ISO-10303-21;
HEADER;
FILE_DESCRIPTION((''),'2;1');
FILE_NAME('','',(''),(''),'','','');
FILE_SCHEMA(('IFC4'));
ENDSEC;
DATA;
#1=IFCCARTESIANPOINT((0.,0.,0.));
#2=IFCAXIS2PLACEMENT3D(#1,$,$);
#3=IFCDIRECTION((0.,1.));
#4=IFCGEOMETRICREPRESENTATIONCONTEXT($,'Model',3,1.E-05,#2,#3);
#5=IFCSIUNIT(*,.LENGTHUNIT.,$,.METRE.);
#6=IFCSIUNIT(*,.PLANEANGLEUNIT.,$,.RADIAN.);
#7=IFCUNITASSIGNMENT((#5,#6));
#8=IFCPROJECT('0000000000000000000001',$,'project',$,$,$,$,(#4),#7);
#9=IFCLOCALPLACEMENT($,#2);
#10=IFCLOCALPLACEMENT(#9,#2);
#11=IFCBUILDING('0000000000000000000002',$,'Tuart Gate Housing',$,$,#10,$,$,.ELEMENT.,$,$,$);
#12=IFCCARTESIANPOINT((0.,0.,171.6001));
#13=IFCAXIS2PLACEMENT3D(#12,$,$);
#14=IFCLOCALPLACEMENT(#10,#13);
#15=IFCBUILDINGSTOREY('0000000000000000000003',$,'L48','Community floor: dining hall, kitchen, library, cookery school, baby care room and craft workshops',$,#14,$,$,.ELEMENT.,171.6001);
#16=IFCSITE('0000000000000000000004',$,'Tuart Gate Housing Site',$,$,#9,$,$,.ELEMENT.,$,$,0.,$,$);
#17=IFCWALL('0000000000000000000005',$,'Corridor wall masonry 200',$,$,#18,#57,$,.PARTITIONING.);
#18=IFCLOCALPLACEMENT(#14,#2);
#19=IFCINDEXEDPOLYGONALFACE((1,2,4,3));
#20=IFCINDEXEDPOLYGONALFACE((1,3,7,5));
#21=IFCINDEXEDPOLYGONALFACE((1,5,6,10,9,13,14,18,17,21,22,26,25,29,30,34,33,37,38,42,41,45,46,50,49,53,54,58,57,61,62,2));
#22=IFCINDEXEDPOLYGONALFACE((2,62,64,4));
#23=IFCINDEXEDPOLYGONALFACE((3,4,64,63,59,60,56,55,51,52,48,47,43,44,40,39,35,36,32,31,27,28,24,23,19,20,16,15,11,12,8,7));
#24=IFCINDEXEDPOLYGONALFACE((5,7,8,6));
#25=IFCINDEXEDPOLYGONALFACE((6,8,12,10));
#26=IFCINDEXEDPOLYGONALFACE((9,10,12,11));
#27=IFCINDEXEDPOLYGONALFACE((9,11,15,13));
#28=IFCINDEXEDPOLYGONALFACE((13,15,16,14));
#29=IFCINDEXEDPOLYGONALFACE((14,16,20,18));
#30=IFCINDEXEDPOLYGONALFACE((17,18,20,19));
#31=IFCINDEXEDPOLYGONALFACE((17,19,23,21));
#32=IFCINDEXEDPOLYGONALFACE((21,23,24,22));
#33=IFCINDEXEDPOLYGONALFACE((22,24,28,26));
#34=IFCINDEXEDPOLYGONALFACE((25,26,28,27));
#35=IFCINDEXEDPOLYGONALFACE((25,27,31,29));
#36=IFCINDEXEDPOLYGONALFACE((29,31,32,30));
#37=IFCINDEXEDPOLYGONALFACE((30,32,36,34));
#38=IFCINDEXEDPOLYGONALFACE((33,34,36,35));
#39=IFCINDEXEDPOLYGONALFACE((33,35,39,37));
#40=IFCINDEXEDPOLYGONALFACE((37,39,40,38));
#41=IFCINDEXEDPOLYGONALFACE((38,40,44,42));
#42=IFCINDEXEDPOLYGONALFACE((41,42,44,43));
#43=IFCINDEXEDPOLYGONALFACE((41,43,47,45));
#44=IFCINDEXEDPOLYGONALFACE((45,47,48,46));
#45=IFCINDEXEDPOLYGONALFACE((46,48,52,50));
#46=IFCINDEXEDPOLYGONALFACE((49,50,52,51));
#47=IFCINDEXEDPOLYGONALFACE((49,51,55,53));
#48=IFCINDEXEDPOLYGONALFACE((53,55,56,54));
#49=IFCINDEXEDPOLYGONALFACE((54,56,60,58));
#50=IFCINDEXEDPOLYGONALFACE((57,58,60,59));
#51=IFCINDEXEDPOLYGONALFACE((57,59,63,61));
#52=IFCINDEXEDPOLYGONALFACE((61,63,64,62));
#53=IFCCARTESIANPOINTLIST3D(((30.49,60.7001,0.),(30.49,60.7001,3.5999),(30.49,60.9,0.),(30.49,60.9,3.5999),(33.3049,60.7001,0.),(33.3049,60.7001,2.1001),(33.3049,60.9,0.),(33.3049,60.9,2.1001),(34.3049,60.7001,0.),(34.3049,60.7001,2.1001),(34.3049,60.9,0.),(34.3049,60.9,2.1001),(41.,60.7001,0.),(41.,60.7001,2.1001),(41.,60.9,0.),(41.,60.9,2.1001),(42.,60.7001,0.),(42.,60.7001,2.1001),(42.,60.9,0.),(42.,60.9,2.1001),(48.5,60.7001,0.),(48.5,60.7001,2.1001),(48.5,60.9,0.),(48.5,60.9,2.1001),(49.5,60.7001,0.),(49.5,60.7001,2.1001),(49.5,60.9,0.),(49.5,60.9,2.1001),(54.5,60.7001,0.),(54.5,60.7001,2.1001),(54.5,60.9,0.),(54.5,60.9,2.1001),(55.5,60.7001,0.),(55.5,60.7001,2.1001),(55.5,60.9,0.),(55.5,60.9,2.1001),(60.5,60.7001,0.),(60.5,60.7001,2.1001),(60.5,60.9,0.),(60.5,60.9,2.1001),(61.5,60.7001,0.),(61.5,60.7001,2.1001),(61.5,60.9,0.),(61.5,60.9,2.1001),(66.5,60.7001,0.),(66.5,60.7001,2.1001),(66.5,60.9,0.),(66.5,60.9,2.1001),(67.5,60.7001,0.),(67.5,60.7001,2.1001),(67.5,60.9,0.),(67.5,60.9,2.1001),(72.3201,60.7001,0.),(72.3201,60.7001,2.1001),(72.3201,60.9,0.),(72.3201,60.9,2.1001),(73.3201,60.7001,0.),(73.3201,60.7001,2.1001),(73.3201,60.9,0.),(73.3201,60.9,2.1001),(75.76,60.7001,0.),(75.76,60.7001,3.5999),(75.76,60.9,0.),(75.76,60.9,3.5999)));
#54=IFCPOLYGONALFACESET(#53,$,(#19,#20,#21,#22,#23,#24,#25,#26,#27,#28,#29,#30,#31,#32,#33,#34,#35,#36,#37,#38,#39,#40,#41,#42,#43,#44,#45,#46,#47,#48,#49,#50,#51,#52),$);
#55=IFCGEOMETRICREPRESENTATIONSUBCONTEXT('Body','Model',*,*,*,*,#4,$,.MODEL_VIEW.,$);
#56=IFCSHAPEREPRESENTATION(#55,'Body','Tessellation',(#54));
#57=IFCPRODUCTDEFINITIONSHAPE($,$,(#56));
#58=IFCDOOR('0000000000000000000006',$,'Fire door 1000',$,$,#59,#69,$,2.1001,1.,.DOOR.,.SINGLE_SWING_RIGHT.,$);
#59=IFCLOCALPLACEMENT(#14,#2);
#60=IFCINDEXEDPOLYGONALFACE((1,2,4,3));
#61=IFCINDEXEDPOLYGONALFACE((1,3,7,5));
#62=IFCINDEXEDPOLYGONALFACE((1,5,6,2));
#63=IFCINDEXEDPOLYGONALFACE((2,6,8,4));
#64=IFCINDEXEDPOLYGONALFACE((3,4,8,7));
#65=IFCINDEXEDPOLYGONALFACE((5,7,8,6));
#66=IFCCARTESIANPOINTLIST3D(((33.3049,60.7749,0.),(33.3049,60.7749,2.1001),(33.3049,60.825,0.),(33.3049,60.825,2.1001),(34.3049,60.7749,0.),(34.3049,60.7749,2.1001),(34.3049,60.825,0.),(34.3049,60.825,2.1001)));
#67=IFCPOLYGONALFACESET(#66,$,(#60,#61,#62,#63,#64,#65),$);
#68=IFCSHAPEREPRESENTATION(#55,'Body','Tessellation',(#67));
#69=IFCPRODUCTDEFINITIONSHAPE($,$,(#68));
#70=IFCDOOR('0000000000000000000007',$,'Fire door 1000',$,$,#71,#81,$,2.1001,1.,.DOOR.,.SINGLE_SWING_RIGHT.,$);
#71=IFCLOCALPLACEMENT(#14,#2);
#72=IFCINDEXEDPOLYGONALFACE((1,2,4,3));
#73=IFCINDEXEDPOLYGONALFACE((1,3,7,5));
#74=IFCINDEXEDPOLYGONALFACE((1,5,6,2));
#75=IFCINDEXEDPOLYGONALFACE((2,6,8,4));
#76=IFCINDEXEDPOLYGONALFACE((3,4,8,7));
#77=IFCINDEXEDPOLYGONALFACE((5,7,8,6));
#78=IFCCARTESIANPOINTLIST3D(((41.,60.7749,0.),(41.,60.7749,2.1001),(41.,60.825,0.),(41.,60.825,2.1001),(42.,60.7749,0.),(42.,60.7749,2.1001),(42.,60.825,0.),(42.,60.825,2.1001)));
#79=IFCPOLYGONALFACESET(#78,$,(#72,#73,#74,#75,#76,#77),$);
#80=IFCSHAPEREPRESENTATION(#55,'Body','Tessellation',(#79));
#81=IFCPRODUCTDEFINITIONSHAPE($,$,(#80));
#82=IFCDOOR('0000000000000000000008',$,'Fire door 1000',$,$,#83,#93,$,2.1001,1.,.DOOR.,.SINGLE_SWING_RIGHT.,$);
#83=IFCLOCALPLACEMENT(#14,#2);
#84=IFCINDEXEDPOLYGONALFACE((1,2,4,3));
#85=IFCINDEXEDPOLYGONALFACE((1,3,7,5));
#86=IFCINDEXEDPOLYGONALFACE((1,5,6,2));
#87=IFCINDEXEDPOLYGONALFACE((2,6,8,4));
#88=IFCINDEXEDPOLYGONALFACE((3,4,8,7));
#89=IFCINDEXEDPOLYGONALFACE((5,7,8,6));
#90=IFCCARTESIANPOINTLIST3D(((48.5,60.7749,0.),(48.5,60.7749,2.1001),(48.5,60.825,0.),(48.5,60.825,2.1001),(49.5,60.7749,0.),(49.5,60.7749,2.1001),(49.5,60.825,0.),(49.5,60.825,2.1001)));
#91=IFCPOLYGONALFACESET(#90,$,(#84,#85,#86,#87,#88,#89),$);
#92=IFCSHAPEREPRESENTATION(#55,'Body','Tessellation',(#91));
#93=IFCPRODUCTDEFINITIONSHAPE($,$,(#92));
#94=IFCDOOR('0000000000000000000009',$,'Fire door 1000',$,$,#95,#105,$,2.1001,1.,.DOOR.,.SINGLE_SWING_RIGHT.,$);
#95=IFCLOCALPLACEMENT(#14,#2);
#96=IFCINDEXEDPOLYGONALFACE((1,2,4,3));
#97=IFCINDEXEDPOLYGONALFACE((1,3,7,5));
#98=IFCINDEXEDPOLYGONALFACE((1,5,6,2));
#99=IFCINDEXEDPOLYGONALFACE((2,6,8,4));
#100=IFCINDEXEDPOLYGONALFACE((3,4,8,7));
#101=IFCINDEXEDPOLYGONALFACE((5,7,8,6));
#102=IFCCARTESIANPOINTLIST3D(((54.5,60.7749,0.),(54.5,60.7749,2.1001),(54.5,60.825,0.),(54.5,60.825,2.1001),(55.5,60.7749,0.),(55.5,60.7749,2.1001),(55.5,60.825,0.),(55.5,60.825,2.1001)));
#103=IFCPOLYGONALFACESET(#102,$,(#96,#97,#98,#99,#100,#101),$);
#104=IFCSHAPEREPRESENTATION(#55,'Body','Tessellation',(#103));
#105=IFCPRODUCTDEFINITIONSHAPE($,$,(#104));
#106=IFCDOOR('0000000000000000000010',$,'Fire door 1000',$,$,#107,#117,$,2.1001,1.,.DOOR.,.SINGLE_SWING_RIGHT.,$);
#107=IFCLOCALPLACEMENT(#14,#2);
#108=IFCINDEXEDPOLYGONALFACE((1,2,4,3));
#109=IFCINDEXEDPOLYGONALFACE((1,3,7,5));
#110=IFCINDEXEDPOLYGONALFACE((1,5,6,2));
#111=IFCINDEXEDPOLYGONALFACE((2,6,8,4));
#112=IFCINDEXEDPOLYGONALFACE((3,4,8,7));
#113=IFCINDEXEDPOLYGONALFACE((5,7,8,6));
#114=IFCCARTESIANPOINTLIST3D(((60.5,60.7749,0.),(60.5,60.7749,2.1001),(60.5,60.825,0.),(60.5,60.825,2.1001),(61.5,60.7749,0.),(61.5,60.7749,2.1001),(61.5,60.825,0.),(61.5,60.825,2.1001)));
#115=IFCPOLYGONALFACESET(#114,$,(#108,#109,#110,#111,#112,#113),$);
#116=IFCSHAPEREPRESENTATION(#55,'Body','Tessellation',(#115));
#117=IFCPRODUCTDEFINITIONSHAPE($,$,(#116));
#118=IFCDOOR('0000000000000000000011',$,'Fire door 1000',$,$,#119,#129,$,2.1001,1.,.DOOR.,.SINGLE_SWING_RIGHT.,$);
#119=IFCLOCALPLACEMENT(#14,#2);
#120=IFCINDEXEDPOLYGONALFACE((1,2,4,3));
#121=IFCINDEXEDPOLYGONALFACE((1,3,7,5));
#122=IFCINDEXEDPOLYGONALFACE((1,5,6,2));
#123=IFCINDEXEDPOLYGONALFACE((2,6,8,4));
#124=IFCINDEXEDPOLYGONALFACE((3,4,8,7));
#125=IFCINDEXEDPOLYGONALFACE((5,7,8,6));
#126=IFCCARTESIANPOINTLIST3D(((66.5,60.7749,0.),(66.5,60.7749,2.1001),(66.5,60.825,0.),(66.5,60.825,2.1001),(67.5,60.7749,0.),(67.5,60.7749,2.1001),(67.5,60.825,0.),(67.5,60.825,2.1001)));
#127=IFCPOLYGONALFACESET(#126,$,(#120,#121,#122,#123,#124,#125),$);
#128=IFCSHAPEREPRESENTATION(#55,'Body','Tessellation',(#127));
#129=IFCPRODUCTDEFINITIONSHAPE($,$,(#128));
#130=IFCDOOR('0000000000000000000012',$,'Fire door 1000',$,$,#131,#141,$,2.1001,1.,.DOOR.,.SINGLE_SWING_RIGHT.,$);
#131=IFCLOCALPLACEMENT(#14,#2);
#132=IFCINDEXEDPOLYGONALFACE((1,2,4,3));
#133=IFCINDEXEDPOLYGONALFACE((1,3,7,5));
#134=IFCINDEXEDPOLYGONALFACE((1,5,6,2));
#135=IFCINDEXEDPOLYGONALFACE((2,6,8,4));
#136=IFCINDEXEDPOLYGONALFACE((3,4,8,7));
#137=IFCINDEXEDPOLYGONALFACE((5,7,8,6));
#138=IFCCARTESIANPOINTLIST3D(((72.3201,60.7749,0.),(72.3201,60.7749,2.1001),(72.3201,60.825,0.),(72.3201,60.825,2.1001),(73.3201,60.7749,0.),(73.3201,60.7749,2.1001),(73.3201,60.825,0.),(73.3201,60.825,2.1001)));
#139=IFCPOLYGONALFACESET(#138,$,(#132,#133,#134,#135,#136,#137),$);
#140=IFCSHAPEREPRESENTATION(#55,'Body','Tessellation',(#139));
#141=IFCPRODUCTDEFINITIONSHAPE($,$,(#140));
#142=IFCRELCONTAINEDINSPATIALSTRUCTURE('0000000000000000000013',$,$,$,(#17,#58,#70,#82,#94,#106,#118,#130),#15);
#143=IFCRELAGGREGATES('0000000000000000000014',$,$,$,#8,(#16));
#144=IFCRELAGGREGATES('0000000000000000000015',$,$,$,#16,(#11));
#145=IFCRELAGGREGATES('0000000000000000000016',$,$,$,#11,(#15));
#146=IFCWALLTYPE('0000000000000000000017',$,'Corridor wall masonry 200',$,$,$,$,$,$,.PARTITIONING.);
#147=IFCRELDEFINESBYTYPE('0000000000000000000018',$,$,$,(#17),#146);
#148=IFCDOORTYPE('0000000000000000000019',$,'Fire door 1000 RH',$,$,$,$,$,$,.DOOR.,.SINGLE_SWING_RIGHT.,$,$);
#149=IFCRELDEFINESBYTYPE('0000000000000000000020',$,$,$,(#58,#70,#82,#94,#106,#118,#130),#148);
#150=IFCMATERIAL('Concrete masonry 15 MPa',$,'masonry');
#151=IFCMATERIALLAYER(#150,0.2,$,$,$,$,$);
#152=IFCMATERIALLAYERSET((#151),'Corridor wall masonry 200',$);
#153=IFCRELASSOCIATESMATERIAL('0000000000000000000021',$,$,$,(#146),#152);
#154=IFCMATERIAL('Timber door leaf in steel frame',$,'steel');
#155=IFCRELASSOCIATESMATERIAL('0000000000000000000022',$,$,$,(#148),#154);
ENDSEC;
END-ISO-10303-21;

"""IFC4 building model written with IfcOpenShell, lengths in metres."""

from ifc_helpers import new_model, si_unit, direction, frame, frame_2d, origin, place, context, subcontext, project, spatial, rectangle, extrude, material, layer, layer_set, type_object, element, fill, save


model = new_model("IFC4")

# Units and contexts
model_context = context("Model", 3, precision=1e-05, world=origin(), true_north=direction((0.0, 1.0)))
body_context = subcontext(model_context, "Body", "Model", "MODEL_VIEW")
ifc_project = project(units=[si_unit("LENGTHUNIT", "METRE"), si_unit("PLANEANGLEUNIT", "RADIAN")], contexts=[model_context])

# Site, building, storey
site_placement = place(None, origin())
site = spatial("IfcSite", under=ifc_project, at=site_placement, Name="Tuart Gate Housing Site", CompositionType="ELEMENT", RefElevation=0.0)
building_placement = place(site_placement, origin())
building = spatial("IfcBuilding", under=site, at=building_placement, Name="Tuart Gate Housing", CompositionType="ELEMENT")
storey_placement = place(building_placement, frame((0.0, 0.0, 171.6001)))
storey = spatial("IfcBuildingStorey", under=building, at=storey_placement, Name="L48", Description="Community floor: dining hall, kitchen, library, cookery school, baby care room and craft workshops", CompositionType="ELEMENT", Elevation=171.6001)

# Wall, openings, doors
ifc_material_1 = material(Name="Concrete masonry 15 MPa", Category="masonry")
ifc_layer_1 = layer(ifc_material_1, 0.2)
ifc_layer_set_1 = layer_set([ifc_layer_1], Name="Corridor wall masonry 200")
wall_type_1 = type_object("IfcWallType", Name="Corridor wall masonry 200", PredefinedType="PARTITIONING", material=ifc_layer_set_1)
wall_1_placement = place(storey_placement, frame((30.49, 60.8, 0.0), z_axis=(0.0, 0.0, 1.0), x_axis=(1.0, 0.0, 0.0)))
wall_1 = element("IfcWall", 1, at=wall_1_placement, inside=storey, type_object=wall_type_1, Name="Corridor wall masonry 200", PredefinedType="PARTITIONING", context=body_context, shape_type="SweptSolid", body=[
    extrude(rectangle(XDim=45.27, YDim=0.2, at=frame_2d((22.635, 0.0))), origin(), (0.0, 0.0, 1.0), 3.5999),
])
opening_1_placement = place(wall_1_placement, frame((2.8149, 0.0, 0.0)))
opening_1 = element("IfcOpeningElement", 2, at=opening_1_placement, cuts=wall_1, PredefinedType="OPENING", context=body_context, shape_type="SweptSolid", body=[
    extrude(rectangle(XDim=1.0, YDim=2.1001, at=frame_2d((0.5, 1.05))), frame((0.0, 0.1099, 0.0), z_axis=(0.0, -1.0, 0.0), x_axis=(1.0, 0.0, 0.0)), (0.0, 0.0, 1.0), 0.22),
])
opening_2_placement = place(wall_1_placement, frame((10.51, 0.0, 0.0)))
opening_2 = element("IfcOpeningElement", 3, at=opening_2_placement, cuts=wall_1, PredefinedType="OPENING", context=body_context, shape_type="SweptSolid", body=[
    extrude(rectangle(XDim=1.0, YDim=2.1001, at=frame_2d((0.5, 1.05))), frame((0.0, 0.1099, 0.0), z_axis=(0.0, -1.0, 0.0), x_axis=(1.0, 0.0, 0.0)), (0.0, 0.0, 1.0), 0.22),
])
opening_3_placement = place(wall_1_placement, frame((18.01, 0.0, 0.0)))
opening_3 = element("IfcOpeningElement", 4, at=opening_3_placement, cuts=wall_1, PredefinedType="OPENING", context=body_context, shape_type="SweptSolid", body=[
    extrude(rectangle(XDim=1.0, YDim=2.1001, at=frame_2d((0.5, 1.05))), frame((0.0, 0.1099, 0.0), z_axis=(0.0, -1.0, 0.0), x_axis=(1.0, 0.0, 0.0)), (0.0, 0.0, 1.0), 0.22),
])
opening_4_placement = place(wall_1_placement, frame((24.01, 0.0, 0.0)))
opening_4 = element("IfcOpeningElement", 5, at=opening_4_placement, cuts=wall_1, PredefinedType="OPENING", context=body_context, shape_type="SweptSolid", body=[
    extrude(rectangle(XDim=1.0, YDim=2.1001, at=frame_2d((0.5, 1.05))), frame((0.0, 0.1099, 0.0), z_axis=(0.0, -1.0, 0.0), x_axis=(1.0, 0.0, 0.0)), (0.0, 0.0, 1.0), 0.22),
])
opening_5_placement = place(wall_1_placement, frame((30.01, 0.0, 0.0)))
opening_5 = element("IfcOpeningElement", 6, at=opening_5_placement, cuts=wall_1, PredefinedType="OPENING", context=body_context, shape_type="SweptSolid", body=[
    extrude(rectangle(XDim=1.0, YDim=2.1001, at=frame_2d((0.5, 1.05))), frame((0.0, 0.1099, 0.0), z_axis=(0.0, -1.0, 0.0), x_axis=(1.0, 0.0, 0.0)), (0.0, 0.0, 1.0), 0.22),
])
opening_6_placement = place(wall_1_placement, frame((36.01, 0.0, 0.0)))
opening_6 = element("IfcOpeningElement", 7, at=opening_6_placement, cuts=wall_1, PredefinedType="OPENING", context=body_context, shape_type="SweptSolid", body=[
    extrude(rectangle(XDim=1.0, YDim=2.1001, at=frame_2d((0.5, 1.05))), frame((0.0, 0.1099, 0.0), z_axis=(0.0, -1.0, 0.0), x_axis=(1.0, 0.0, 0.0)), (0.0, 0.0, 1.0), 0.22),
])
opening_7_placement = place(wall_1_placement, frame((41.8301, 0.0, 0.0)))
opening_7 = element("IfcOpeningElement", 8, at=opening_7_placement, cuts=wall_1, PredefinedType="OPENING", context=body_context, shape_type="SweptSolid", body=[
    extrude(rectangle(XDim=1.0, YDim=2.1001, at=frame_2d((0.5, 1.05))), frame((0.0, 0.1099, 0.0), z_axis=(0.0, -1.0, 0.0), x_axis=(1.0, 0.0, 0.0)), (0.0, 0.0, 1.0), 0.22),
])
ifc_material_2 = material(Name="Timber door leaf in steel frame", Category="steel")
door_type_1 = type_object("IfcDoorType", Name="Fire door 1000 RH", OperationType="SINGLE_SWING_RIGHT", PredefinedType="DOOR", material=ifc_material_2)
door_1_placement = place(opening_1_placement, frame((1.0, 0.0, 0.0), z_axis=(0.0, 0.0, 1.0), x_axis=(-1.0, 0.0, 0.0)))
door_1 = element("IfcDoor", 9, at=door_1_placement, inside=storey, type_object=door_type_1, Name="Fire door 1000", OperationType="SINGLE_SWING_RIGHT", OverallHeight=2.1001, OverallWidth=1.0, PredefinedType="DOOR", context=body_context, shape_type="SweptSolid", body=[
    extrude(rectangle(XDim=1.0, YDim=2.1001, at=frame_2d((0.5, 1.05))), frame((0.0, 0.0251, 0.0), z_axis=(0.0, -1.0, 0.0), x_axis=(1.0, 0.0, 0.0)), (0.0, 0.0, 1.0), 0.05),
])
fill(opening_1, door_1)
door_2_placement = place(opening_2_placement, frame((1.0, 0.0, 0.0), z_axis=(0.0, 0.0, 1.0), x_axis=(-1.0, 0.0, 0.0)))
door_2 = element("IfcDoor", 10, at=door_2_placement, inside=storey, type_object=door_type_1, Name="Fire door 1000", OperationType="SINGLE_SWING_RIGHT", OverallHeight=2.1001, OverallWidth=1.0, PredefinedType="DOOR", context=body_context, shape_type="SweptSolid", body=[
    extrude(rectangle(XDim=1.0, YDim=2.1001, at=frame_2d((0.5, 1.05))), frame((0.0, 0.0251, 0.0), z_axis=(0.0, -1.0, 0.0), x_axis=(1.0, 0.0, 0.0)), (0.0, 0.0, 1.0), 0.05),
])
fill(opening_2, door_2)
door_3_placement = place(opening_3_placement, frame((1.0, 0.0, 0.0), z_axis=(0.0, 0.0, 1.0), x_axis=(-1.0, 0.0, 0.0)))
door_3 = element("IfcDoor", 11, at=door_3_placement, inside=storey, type_object=door_type_1, Name="Fire door 1000", OperationType="SINGLE_SWING_RIGHT", OverallHeight=2.1001, OverallWidth=1.0, PredefinedType="DOOR", context=body_context, shape_type="SweptSolid", body=[
    extrude(rectangle(XDim=1.0, YDim=2.1001, at=frame_2d((0.5, 1.05))), frame((0.0, 0.0251, 0.0), z_axis=(0.0, -1.0, 0.0), x_axis=(1.0, 0.0, 0.0)), (0.0, 0.0, 1.0), 0.05),
])
fill(opening_3, door_3)
door_4_placement = place(opening_4_placement, frame((1.0, 0.0, 0.0), z_axis=(0.0, 0.0, 1.0), x_axis=(-1.0, 0.0, 0.0)))
door_4 = element("IfcDoor", 12, at=door_4_placement, inside=storey, type_object=door_type_1, Name="Fire door 1000", OperationType="SINGLE_SWING_RIGHT", OverallHeight=2.1001, OverallWidth=1.0, PredefinedType="DOOR", context=body_context, shape_type="SweptSolid", body=[
    extrude(rectangle(XDim=1.0, YDim=2.1001, at=frame_2d((0.5, 1.05))), frame((0.0, 0.0251, 0.0), z_axis=(0.0, -1.0, 0.0), x_axis=(1.0, 0.0, 0.0)), (0.0, 0.0, 1.0), 0.05),
])
fill(opening_4, door_4)
door_5_placement = place(opening_5_placement, frame((1.0, 0.0, 0.0), z_axis=(0.0, 0.0, 1.0), x_axis=(-1.0, 0.0, 0.0)))
door_5 = element("IfcDoor", 13, at=door_5_placement, inside=storey, type_object=door_type_1, Name="Fire door 1000", OperationType="SINGLE_SWING_RIGHT", OverallHeight=2.1001, OverallWidth=1.0, PredefinedType="DOOR", context=body_context, shape_type="SweptSolid", body=[
    extrude(rectangle(XDim=1.0, YDim=2.1001, at=frame_2d((0.5, 1.05))), frame((0.0, 0.0251, 0.0), z_axis=(0.0, -1.0, 0.0), x_axis=(1.0, 0.0, 0.0)), (0.0, 0.0, 1.0), 0.05),
])
fill(opening_5, door_5)
door_6_placement = place(opening_6_placement, frame((1.0, 0.0, 0.0), z_axis=(0.0, 0.0, 1.0), x_axis=(-1.0, 0.0, 0.0)))
door_6 = element("IfcDoor", 14, at=door_6_placement, inside=storey, type_object=door_type_1, Name="Fire door 1000", OperationType="SINGLE_SWING_RIGHT", OverallHeight=2.1001, OverallWidth=1.0, PredefinedType="DOOR", context=body_context, shape_type="SweptSolid", body=[
    extrude(rectangle(XDim=1.0, YDim=2.1001, at=frame_2d((0.5, 1.05))), frame((0.0, 0.0251, 0.0), z_axis=(0.0, -1.0, 0.0), x_axis=(1.0, 0.0, 0.0)), (0.0, 0.0, 1.0), 0.05),
])
fill(opening_6, door_6)
door_7_placement = place(opening_7_placement, frame((1.0, 0.0, 0.0), z_axis=(0.0, 0.0, 1.0), x_axis=(-1.0, 0.0, 0.0)))
door_7 = element("IfcDoor", 15, at=door_7_placement, inside=storey, type_object=door_type_1, Name="Fire door 1000", OperationType="SINGLE_SWING_RIGHT", OverallHeight=2.1001, OverallWidth=1.0, PredefinedType="DOOR", context=body_context, shape_type="SweptSolid", body=[
    extrude(rectangle(XDim=1.0, YDim=2.1001, at=frame_2d((0.5, 1.05))), frame((0.0, 0.0251, 0.0), z_axis=(0.0, -1.0, 0.0), x_axis=(1.0, 0.0, 0.0)), (0.0, 0.0, 1.0), 0.05),
])
fill(opening_7, door_7)

save(model, "model.ifc")
